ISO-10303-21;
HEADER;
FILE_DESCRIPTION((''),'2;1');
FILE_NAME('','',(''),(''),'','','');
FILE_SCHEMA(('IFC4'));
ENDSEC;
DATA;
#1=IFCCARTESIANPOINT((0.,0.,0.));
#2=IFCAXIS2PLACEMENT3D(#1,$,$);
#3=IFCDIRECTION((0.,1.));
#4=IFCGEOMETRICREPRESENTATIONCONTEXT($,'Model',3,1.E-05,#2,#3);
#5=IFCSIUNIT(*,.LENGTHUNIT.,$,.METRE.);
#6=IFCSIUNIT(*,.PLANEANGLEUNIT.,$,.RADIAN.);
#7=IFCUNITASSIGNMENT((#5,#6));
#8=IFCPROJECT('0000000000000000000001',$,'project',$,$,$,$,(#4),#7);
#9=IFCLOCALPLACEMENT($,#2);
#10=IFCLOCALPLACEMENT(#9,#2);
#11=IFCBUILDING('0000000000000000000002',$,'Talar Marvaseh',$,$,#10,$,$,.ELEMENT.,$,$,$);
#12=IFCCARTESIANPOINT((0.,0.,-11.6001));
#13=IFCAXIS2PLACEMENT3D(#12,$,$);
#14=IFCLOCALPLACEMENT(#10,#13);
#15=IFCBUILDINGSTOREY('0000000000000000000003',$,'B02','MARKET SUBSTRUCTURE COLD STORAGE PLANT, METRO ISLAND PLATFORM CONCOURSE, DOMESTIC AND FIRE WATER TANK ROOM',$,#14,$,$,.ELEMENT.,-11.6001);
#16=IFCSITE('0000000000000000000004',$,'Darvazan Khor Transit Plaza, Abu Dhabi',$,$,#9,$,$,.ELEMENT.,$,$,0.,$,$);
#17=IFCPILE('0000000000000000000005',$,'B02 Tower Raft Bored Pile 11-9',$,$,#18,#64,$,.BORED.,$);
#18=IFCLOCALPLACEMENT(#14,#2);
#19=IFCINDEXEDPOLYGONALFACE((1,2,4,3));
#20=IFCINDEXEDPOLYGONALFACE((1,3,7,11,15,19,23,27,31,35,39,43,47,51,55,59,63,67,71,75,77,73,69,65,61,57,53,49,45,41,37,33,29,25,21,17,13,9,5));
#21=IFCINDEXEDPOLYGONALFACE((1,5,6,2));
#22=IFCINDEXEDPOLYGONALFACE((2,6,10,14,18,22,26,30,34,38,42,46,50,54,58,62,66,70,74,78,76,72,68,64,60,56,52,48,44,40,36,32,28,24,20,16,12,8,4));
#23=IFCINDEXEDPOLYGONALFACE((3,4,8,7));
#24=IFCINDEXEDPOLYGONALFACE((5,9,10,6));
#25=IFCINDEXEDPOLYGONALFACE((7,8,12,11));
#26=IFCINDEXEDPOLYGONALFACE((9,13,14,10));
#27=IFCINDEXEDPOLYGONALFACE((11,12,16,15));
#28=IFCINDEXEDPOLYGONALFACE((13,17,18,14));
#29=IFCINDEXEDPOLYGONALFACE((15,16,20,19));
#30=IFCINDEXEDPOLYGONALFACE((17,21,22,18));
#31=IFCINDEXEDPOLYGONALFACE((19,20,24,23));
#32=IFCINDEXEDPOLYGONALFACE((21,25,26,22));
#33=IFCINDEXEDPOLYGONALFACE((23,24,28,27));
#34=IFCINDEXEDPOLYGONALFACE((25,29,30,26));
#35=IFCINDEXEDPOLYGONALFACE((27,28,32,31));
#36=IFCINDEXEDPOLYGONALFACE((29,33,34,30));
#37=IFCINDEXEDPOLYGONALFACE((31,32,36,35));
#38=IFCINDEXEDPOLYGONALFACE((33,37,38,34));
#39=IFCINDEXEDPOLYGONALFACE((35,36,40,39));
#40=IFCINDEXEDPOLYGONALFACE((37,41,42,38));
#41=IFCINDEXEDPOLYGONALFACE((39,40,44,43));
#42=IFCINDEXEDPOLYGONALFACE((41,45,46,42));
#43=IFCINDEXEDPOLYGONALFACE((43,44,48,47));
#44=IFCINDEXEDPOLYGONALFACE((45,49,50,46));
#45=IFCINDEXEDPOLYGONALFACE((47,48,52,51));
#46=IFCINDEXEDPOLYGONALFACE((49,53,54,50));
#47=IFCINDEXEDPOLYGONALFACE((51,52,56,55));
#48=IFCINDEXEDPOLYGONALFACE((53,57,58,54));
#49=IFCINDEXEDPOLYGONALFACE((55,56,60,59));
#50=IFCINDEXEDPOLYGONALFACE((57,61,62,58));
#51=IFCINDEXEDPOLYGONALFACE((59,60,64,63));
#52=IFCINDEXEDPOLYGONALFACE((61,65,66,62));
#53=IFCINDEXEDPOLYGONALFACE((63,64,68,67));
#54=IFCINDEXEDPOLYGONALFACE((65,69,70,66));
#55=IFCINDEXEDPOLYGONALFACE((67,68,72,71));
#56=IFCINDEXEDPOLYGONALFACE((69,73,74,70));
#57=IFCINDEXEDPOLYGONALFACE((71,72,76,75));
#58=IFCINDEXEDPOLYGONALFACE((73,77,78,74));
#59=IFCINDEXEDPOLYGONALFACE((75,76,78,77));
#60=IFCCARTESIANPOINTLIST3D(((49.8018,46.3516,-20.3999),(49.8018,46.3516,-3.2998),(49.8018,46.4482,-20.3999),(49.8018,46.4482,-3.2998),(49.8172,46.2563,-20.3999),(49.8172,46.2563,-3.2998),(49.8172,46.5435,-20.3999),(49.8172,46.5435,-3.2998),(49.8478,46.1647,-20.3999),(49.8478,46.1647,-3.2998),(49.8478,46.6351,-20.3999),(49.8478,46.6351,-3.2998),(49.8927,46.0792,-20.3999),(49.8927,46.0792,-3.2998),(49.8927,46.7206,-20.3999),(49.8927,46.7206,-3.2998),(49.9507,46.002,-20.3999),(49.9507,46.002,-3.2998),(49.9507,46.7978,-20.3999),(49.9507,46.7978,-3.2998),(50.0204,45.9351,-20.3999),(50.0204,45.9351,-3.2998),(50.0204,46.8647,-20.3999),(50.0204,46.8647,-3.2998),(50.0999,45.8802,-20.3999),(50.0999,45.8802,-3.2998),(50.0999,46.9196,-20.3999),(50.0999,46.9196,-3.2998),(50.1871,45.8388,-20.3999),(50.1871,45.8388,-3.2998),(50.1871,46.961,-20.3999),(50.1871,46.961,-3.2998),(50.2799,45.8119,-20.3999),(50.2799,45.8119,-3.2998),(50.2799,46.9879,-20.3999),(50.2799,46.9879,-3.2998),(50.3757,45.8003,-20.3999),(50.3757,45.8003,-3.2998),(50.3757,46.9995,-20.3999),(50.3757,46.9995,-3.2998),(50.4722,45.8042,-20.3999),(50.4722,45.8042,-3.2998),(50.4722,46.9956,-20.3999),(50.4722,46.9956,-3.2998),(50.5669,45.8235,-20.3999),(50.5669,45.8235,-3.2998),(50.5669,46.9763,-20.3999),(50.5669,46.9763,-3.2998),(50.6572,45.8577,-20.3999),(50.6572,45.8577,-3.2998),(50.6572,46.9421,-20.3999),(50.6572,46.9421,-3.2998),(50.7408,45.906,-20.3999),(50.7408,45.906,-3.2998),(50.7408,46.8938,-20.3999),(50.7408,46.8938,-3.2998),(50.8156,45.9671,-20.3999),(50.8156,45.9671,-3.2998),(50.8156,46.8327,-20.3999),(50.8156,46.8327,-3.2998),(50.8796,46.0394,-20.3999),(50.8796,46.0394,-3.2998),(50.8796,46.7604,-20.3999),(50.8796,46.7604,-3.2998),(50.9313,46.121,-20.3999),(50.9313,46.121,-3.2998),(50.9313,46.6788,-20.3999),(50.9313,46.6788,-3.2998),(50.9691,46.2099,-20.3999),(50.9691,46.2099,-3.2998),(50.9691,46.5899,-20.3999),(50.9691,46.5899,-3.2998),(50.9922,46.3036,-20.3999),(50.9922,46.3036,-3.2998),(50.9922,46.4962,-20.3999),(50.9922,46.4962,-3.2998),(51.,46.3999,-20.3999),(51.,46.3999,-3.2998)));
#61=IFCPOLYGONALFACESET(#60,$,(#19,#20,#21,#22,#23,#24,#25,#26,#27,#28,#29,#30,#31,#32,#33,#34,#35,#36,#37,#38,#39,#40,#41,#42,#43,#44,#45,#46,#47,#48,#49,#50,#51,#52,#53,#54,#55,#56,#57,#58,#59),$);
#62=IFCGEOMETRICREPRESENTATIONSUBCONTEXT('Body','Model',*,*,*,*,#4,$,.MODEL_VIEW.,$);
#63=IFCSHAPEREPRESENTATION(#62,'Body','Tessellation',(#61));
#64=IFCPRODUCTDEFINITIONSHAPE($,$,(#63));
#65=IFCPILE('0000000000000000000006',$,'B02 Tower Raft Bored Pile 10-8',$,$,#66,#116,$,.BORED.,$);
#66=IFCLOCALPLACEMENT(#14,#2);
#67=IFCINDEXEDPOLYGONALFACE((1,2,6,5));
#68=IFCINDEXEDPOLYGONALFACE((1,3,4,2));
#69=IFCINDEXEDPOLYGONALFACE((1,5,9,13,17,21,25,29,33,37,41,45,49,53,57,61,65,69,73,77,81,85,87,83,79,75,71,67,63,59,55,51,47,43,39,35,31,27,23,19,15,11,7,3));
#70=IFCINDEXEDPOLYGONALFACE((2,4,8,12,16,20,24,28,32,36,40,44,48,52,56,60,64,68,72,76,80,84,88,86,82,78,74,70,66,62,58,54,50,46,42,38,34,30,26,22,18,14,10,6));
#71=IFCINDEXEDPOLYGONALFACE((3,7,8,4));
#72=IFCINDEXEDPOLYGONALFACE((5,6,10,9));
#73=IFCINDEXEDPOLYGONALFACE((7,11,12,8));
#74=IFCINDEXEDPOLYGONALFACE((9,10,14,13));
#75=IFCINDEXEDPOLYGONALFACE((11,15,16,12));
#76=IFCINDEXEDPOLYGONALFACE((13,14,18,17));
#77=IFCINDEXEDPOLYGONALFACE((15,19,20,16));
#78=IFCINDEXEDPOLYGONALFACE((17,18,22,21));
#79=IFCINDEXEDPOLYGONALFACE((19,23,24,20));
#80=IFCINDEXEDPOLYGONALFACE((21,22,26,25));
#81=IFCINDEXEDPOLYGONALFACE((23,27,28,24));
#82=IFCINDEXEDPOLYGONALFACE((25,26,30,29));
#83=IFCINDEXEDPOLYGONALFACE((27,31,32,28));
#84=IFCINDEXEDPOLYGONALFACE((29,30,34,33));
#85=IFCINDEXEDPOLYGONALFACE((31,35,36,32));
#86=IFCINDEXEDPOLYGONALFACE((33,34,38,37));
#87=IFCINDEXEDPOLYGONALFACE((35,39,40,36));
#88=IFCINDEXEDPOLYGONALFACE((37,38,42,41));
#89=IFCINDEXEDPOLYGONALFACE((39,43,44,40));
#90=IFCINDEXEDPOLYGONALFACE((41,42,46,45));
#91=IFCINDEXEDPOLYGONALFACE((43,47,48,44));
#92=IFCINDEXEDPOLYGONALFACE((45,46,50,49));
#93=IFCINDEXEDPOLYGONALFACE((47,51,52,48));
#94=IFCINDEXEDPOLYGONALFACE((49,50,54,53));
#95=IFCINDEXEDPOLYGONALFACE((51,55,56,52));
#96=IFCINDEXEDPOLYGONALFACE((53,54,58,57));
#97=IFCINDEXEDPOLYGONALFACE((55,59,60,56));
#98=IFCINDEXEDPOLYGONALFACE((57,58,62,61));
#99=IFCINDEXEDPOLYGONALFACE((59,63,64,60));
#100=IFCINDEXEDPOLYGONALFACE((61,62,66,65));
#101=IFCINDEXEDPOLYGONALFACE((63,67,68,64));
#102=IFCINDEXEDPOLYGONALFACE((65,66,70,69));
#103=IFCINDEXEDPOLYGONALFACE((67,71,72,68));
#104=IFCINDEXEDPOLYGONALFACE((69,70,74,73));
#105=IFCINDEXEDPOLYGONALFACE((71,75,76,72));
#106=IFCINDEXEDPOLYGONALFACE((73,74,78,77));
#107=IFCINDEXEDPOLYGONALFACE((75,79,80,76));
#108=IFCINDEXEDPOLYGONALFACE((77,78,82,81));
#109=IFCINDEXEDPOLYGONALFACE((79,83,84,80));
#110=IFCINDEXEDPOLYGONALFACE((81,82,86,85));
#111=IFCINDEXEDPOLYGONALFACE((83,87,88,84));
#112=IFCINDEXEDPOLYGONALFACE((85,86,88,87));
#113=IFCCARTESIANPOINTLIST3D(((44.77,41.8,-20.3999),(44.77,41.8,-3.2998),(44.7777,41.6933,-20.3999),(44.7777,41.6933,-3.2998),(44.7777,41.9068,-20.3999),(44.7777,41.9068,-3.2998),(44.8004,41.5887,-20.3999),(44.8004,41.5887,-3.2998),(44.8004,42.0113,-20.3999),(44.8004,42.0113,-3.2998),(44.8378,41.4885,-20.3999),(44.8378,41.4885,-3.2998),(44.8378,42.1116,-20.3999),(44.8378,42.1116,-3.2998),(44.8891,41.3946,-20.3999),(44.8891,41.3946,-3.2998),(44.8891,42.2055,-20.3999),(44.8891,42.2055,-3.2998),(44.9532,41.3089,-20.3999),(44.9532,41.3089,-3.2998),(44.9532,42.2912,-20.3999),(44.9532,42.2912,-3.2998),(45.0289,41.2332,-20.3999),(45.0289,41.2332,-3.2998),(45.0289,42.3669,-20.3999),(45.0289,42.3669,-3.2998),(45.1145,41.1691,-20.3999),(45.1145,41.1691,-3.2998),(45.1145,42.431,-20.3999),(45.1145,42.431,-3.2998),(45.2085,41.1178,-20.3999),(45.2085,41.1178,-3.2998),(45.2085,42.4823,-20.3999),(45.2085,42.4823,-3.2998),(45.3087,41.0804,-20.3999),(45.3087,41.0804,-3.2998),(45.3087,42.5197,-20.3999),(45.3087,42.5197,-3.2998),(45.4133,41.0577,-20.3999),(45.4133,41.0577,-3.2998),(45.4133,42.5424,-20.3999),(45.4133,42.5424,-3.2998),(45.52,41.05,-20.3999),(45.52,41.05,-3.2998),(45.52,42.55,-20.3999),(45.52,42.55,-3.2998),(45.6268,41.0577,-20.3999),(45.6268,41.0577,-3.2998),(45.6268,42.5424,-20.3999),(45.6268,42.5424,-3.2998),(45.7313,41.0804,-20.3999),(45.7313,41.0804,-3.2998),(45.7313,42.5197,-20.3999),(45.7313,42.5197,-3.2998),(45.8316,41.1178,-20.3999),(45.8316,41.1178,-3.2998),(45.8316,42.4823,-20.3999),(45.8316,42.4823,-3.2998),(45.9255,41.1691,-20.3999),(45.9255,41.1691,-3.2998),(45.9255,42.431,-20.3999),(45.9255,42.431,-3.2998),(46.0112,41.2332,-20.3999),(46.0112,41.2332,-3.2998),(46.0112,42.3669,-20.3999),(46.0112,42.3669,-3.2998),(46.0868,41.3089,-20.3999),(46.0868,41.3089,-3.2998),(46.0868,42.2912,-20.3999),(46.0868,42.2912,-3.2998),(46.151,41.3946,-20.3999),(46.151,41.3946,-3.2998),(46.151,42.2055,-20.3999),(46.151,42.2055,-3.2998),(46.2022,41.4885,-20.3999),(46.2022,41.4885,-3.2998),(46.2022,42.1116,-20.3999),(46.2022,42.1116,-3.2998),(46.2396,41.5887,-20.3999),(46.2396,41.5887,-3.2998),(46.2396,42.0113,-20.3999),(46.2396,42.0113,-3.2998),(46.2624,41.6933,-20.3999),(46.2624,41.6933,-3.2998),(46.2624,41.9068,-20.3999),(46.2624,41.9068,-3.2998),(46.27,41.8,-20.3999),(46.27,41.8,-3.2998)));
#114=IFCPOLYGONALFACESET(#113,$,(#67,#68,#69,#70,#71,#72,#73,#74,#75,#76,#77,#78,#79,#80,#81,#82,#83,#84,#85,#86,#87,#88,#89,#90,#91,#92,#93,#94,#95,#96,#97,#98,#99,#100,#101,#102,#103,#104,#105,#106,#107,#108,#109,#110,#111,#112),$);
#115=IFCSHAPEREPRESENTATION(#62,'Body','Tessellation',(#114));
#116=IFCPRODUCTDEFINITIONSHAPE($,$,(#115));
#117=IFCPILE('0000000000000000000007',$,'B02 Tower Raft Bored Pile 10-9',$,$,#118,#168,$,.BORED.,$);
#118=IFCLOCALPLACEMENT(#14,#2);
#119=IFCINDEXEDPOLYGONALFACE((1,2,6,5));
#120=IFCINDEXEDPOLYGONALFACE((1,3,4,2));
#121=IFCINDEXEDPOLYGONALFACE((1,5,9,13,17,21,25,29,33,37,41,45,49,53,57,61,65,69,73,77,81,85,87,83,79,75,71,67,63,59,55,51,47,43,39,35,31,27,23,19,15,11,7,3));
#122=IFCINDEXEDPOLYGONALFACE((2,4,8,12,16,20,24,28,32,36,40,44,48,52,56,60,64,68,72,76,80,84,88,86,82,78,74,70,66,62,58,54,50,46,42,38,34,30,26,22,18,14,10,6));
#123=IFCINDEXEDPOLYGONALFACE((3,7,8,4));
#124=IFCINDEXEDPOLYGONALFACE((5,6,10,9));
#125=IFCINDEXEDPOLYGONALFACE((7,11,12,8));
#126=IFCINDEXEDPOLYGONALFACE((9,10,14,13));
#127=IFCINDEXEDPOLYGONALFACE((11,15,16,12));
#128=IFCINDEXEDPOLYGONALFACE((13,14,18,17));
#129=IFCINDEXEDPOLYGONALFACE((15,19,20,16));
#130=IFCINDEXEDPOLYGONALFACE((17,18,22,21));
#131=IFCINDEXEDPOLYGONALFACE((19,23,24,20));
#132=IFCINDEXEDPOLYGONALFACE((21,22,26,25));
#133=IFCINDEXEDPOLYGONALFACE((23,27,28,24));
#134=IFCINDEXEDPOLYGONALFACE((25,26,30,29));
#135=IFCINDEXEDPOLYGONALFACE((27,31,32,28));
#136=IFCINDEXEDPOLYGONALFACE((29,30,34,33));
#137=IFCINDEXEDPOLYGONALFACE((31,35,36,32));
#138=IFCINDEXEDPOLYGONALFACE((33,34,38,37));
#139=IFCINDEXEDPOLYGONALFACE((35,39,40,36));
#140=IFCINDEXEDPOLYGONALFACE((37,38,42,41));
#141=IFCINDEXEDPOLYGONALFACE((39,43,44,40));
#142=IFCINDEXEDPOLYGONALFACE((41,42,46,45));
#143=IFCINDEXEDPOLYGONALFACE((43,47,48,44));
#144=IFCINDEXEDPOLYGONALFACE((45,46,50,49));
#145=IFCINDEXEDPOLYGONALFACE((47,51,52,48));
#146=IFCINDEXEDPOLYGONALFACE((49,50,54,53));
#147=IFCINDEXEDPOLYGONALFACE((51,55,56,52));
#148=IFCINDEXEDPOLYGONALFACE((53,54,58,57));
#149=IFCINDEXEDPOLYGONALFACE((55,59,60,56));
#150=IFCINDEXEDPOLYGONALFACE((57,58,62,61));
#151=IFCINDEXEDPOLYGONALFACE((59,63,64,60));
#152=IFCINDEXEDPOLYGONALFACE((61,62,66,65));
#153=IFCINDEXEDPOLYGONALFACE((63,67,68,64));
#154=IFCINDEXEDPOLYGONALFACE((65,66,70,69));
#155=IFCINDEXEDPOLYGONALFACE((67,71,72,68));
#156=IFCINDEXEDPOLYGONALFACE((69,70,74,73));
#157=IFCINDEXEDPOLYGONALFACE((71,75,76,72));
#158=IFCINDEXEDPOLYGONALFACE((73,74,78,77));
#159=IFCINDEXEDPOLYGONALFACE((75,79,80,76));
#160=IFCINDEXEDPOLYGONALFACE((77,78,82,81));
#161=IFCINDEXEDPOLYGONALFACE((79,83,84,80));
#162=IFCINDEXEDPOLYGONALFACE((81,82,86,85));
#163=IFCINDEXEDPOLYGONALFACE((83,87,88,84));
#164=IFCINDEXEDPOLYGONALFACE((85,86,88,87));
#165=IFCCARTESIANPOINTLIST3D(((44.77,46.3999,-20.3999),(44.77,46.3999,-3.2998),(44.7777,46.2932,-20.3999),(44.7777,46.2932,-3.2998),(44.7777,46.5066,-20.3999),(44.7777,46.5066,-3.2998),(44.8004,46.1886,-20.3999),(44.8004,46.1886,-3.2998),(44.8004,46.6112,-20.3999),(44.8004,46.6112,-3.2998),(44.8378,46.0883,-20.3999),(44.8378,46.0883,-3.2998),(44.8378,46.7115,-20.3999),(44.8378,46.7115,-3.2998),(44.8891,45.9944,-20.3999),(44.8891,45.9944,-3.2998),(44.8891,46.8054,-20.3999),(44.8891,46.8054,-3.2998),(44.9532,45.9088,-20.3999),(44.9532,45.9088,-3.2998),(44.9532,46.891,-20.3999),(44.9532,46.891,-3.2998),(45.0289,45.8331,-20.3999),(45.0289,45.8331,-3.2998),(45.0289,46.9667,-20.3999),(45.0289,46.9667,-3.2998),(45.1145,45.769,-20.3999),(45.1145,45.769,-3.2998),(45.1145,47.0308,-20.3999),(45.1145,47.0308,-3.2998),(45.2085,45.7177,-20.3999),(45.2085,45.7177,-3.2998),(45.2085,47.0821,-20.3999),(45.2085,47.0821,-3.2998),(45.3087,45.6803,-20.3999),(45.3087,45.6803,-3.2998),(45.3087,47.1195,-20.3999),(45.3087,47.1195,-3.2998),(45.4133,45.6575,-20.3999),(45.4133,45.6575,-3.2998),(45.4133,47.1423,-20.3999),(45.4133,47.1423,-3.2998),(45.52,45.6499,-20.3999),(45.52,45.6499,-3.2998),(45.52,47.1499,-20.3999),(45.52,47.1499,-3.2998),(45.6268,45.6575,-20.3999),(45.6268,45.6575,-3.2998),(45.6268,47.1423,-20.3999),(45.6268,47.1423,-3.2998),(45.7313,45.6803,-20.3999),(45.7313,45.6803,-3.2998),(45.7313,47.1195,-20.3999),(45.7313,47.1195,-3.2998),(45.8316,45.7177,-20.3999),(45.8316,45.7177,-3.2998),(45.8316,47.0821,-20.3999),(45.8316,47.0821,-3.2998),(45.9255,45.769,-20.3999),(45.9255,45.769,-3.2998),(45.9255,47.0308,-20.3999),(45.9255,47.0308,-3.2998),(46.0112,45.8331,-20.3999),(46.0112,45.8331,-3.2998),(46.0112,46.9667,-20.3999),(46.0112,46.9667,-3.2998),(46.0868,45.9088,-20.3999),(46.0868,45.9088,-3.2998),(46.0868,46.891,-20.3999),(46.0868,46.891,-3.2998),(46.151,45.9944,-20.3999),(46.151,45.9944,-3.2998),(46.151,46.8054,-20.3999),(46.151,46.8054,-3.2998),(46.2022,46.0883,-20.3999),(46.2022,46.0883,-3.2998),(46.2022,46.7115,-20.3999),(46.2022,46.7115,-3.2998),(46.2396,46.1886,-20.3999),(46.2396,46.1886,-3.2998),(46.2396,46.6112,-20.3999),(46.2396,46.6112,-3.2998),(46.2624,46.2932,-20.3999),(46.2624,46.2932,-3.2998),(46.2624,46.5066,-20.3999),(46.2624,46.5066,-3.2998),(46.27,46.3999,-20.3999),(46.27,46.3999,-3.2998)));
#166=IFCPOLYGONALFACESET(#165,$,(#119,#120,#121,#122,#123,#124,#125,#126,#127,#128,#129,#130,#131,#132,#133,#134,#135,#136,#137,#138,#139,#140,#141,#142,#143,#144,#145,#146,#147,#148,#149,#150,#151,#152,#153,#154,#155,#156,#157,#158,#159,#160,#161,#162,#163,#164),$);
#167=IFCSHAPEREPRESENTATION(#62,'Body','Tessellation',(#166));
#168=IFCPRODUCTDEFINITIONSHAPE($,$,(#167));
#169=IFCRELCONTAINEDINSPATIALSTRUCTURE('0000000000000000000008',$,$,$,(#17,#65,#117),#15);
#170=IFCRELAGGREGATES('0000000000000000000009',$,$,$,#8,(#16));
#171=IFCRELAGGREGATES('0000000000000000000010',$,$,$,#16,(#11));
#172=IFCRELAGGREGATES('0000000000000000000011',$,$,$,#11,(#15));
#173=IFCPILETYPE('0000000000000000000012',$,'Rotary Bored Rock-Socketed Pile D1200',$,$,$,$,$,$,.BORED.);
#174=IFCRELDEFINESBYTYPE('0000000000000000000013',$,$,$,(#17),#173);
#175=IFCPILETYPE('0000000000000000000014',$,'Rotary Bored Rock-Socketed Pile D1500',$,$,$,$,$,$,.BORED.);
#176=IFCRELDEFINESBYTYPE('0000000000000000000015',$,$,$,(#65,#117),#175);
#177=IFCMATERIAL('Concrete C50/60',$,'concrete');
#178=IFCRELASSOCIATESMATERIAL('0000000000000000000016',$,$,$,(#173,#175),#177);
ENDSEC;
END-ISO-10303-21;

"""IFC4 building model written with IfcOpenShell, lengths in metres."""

from ifc_helpers import new_model, si_unit, direction, frame, origin, origin_2d, place, context, subcontext, project, spatial, circle, extrude, source, transform, mapped, material, material_profile, profile_set, type_object, type_shapes, element, save


model = new_model("IFC4")

# Units and contexts
model_context = context("Model", 3, precision=1e-05, world=origin(), true_north=direction((0.0, 1.0)))
body_context = subcontext(model_context, "Body", "Model", "MODEL_VIEW")
ifc_project = project(units=[si_unit("LENGTHUNIT", "METRE"), si_unit("PLANEANGLEUNIT", "RADIAN")], contexts=[model_context])

# Site, building, storey
site_placement = place(None, origin())
site = spatial("IfcSite", under=ifc_project, at=site_placement, Name="Darvazan Khor Transit Plaza, Abu Dhabi", CompositionType="ELEMENT", RefElevation=0.0)
building_placement = place(site_placement, origin())
building = spatial("IfcBuilding", under=site, at=building_placement, Name="Talar Marvaseh", CompositionType="ELEMENT")
storey_placement = place(building_placement, frame((0.0, 0.0, -11.6001)))
storey = spatial("IfcBuildingStorey", under=building, at=storey_placement, Name="B02", Description="MARKET SUBSTRUCTURE COLD STORAGE PLANT, METRO ISLAND PLATFORM CONCOURSE, DOMESTIC AND FIRE WATER TANK ROOM", CompositionType="ELEMENT", Elevation=-11.6001)

# Piles
ifc_material_1 = material(Name="Concrete C50/60", Category="concrete")
ifc_material_profile_1 = material_profile(ifc_material_1, circle(Radius=0.6001, at=origin_2d()), Name="PILE-D1200")
ifc_profile_set_1 = profile_set([ifc_material_profile_1], Name="Concrete C50/60")
pile_type_1 = type_object("IfcPileType", Name="Rotary Bored Rock-Socketed Pile D1200", PredefinedType="BORED", material=ifc_profile_set_1)
shared_shape_1 = source(origin(), body_context, "Body", "SweptSolid", [
    extrude(circle(Radius=0.6001, at=origin_2d()), origin(), (0.0, 0.0, 1.0), 17.1001),
])
type_shapes(pile_type_1, [shared_shape_1])
pile_placement = place(storey_placement, frame((50.3999, 46.3999, -3.2998), z_axis=(0.0, 0.0, -1.0), x_axis=(1.0, 0.0, 0.0)))
element("IfcPile", 1, at=pile_placement, inside=storey, type_object=pile_type_1, Name="B02 Tower Raft Bored Pile 11-9", PredefinedType="BORED", context=body_context, shape_type="MappedRepresentation", body=[
    mapped(shared_shape_1, transform((0.0, 0.0, 0.0), x_axis=(1.0, 0.0, 0.0), y_axis=(0.0, 1.0, 0.0), z_axis=(0.0, 0.0, 1.0), scale=1.0)),
])
ifc_material_profile_2 = material_profile(ifc_material_1, circle(Radius=0.75, at=origin_2d()), Name="PILE-D1500")
ifc_profile_set_2 = profile_set([ifc_material_profile_2], Name="Concrete C50/60")
pile_type_2 = type_object("IfcPileType", Name="Rotary Bored Rock-Socketed Pile D1500", PredefinedType="BORED", material=ifc_profile_set_2)
shared_shape_2 = source(origin(), body_context, "Body", "SweptSolid", [
    extrude(circle(Radius=0.75, at=origin_2d()), origin(), (0.0, 0.0, 1.0), 17.1001),
])
type_shapes(pile_type_2, [shared_shape_2])
for number, where, z_axis, x_axis, name in (
    (2, (45.52, 41.8, -3.2998), (0.0, 0.0, -1.0), (1.0, 0.0, 0.0), "B02 Tower Raft Bored Pile 10-8"),
    (3, (45.52, 46.3999, -3.2998), (0.0, 0.0, -1.0), (1.0, 0.0, 0.0), "B02 Tower Raft Bored Pile 10-9"),
):
    element("IfcPile", number, at=place(storey_placement, frame(where, z_axis=z_axis, x_axis=x_axis)), inside=storey, type_object=pile_type_2, Name=name, PredefinedType="BORED", context=body_context, shape_type="MappedRepresentation", body=[
        mapped(shared_shape_2, transform((0.0, 0.0, 0.0), x_axis=(1.0, 0.0, 0.0), y_axis=(0.0, 1.0, 0.0), z_axis=(0.0, 0.0, 1.0), scale=1.0)),
    ])

save(model, "model.ifc")
